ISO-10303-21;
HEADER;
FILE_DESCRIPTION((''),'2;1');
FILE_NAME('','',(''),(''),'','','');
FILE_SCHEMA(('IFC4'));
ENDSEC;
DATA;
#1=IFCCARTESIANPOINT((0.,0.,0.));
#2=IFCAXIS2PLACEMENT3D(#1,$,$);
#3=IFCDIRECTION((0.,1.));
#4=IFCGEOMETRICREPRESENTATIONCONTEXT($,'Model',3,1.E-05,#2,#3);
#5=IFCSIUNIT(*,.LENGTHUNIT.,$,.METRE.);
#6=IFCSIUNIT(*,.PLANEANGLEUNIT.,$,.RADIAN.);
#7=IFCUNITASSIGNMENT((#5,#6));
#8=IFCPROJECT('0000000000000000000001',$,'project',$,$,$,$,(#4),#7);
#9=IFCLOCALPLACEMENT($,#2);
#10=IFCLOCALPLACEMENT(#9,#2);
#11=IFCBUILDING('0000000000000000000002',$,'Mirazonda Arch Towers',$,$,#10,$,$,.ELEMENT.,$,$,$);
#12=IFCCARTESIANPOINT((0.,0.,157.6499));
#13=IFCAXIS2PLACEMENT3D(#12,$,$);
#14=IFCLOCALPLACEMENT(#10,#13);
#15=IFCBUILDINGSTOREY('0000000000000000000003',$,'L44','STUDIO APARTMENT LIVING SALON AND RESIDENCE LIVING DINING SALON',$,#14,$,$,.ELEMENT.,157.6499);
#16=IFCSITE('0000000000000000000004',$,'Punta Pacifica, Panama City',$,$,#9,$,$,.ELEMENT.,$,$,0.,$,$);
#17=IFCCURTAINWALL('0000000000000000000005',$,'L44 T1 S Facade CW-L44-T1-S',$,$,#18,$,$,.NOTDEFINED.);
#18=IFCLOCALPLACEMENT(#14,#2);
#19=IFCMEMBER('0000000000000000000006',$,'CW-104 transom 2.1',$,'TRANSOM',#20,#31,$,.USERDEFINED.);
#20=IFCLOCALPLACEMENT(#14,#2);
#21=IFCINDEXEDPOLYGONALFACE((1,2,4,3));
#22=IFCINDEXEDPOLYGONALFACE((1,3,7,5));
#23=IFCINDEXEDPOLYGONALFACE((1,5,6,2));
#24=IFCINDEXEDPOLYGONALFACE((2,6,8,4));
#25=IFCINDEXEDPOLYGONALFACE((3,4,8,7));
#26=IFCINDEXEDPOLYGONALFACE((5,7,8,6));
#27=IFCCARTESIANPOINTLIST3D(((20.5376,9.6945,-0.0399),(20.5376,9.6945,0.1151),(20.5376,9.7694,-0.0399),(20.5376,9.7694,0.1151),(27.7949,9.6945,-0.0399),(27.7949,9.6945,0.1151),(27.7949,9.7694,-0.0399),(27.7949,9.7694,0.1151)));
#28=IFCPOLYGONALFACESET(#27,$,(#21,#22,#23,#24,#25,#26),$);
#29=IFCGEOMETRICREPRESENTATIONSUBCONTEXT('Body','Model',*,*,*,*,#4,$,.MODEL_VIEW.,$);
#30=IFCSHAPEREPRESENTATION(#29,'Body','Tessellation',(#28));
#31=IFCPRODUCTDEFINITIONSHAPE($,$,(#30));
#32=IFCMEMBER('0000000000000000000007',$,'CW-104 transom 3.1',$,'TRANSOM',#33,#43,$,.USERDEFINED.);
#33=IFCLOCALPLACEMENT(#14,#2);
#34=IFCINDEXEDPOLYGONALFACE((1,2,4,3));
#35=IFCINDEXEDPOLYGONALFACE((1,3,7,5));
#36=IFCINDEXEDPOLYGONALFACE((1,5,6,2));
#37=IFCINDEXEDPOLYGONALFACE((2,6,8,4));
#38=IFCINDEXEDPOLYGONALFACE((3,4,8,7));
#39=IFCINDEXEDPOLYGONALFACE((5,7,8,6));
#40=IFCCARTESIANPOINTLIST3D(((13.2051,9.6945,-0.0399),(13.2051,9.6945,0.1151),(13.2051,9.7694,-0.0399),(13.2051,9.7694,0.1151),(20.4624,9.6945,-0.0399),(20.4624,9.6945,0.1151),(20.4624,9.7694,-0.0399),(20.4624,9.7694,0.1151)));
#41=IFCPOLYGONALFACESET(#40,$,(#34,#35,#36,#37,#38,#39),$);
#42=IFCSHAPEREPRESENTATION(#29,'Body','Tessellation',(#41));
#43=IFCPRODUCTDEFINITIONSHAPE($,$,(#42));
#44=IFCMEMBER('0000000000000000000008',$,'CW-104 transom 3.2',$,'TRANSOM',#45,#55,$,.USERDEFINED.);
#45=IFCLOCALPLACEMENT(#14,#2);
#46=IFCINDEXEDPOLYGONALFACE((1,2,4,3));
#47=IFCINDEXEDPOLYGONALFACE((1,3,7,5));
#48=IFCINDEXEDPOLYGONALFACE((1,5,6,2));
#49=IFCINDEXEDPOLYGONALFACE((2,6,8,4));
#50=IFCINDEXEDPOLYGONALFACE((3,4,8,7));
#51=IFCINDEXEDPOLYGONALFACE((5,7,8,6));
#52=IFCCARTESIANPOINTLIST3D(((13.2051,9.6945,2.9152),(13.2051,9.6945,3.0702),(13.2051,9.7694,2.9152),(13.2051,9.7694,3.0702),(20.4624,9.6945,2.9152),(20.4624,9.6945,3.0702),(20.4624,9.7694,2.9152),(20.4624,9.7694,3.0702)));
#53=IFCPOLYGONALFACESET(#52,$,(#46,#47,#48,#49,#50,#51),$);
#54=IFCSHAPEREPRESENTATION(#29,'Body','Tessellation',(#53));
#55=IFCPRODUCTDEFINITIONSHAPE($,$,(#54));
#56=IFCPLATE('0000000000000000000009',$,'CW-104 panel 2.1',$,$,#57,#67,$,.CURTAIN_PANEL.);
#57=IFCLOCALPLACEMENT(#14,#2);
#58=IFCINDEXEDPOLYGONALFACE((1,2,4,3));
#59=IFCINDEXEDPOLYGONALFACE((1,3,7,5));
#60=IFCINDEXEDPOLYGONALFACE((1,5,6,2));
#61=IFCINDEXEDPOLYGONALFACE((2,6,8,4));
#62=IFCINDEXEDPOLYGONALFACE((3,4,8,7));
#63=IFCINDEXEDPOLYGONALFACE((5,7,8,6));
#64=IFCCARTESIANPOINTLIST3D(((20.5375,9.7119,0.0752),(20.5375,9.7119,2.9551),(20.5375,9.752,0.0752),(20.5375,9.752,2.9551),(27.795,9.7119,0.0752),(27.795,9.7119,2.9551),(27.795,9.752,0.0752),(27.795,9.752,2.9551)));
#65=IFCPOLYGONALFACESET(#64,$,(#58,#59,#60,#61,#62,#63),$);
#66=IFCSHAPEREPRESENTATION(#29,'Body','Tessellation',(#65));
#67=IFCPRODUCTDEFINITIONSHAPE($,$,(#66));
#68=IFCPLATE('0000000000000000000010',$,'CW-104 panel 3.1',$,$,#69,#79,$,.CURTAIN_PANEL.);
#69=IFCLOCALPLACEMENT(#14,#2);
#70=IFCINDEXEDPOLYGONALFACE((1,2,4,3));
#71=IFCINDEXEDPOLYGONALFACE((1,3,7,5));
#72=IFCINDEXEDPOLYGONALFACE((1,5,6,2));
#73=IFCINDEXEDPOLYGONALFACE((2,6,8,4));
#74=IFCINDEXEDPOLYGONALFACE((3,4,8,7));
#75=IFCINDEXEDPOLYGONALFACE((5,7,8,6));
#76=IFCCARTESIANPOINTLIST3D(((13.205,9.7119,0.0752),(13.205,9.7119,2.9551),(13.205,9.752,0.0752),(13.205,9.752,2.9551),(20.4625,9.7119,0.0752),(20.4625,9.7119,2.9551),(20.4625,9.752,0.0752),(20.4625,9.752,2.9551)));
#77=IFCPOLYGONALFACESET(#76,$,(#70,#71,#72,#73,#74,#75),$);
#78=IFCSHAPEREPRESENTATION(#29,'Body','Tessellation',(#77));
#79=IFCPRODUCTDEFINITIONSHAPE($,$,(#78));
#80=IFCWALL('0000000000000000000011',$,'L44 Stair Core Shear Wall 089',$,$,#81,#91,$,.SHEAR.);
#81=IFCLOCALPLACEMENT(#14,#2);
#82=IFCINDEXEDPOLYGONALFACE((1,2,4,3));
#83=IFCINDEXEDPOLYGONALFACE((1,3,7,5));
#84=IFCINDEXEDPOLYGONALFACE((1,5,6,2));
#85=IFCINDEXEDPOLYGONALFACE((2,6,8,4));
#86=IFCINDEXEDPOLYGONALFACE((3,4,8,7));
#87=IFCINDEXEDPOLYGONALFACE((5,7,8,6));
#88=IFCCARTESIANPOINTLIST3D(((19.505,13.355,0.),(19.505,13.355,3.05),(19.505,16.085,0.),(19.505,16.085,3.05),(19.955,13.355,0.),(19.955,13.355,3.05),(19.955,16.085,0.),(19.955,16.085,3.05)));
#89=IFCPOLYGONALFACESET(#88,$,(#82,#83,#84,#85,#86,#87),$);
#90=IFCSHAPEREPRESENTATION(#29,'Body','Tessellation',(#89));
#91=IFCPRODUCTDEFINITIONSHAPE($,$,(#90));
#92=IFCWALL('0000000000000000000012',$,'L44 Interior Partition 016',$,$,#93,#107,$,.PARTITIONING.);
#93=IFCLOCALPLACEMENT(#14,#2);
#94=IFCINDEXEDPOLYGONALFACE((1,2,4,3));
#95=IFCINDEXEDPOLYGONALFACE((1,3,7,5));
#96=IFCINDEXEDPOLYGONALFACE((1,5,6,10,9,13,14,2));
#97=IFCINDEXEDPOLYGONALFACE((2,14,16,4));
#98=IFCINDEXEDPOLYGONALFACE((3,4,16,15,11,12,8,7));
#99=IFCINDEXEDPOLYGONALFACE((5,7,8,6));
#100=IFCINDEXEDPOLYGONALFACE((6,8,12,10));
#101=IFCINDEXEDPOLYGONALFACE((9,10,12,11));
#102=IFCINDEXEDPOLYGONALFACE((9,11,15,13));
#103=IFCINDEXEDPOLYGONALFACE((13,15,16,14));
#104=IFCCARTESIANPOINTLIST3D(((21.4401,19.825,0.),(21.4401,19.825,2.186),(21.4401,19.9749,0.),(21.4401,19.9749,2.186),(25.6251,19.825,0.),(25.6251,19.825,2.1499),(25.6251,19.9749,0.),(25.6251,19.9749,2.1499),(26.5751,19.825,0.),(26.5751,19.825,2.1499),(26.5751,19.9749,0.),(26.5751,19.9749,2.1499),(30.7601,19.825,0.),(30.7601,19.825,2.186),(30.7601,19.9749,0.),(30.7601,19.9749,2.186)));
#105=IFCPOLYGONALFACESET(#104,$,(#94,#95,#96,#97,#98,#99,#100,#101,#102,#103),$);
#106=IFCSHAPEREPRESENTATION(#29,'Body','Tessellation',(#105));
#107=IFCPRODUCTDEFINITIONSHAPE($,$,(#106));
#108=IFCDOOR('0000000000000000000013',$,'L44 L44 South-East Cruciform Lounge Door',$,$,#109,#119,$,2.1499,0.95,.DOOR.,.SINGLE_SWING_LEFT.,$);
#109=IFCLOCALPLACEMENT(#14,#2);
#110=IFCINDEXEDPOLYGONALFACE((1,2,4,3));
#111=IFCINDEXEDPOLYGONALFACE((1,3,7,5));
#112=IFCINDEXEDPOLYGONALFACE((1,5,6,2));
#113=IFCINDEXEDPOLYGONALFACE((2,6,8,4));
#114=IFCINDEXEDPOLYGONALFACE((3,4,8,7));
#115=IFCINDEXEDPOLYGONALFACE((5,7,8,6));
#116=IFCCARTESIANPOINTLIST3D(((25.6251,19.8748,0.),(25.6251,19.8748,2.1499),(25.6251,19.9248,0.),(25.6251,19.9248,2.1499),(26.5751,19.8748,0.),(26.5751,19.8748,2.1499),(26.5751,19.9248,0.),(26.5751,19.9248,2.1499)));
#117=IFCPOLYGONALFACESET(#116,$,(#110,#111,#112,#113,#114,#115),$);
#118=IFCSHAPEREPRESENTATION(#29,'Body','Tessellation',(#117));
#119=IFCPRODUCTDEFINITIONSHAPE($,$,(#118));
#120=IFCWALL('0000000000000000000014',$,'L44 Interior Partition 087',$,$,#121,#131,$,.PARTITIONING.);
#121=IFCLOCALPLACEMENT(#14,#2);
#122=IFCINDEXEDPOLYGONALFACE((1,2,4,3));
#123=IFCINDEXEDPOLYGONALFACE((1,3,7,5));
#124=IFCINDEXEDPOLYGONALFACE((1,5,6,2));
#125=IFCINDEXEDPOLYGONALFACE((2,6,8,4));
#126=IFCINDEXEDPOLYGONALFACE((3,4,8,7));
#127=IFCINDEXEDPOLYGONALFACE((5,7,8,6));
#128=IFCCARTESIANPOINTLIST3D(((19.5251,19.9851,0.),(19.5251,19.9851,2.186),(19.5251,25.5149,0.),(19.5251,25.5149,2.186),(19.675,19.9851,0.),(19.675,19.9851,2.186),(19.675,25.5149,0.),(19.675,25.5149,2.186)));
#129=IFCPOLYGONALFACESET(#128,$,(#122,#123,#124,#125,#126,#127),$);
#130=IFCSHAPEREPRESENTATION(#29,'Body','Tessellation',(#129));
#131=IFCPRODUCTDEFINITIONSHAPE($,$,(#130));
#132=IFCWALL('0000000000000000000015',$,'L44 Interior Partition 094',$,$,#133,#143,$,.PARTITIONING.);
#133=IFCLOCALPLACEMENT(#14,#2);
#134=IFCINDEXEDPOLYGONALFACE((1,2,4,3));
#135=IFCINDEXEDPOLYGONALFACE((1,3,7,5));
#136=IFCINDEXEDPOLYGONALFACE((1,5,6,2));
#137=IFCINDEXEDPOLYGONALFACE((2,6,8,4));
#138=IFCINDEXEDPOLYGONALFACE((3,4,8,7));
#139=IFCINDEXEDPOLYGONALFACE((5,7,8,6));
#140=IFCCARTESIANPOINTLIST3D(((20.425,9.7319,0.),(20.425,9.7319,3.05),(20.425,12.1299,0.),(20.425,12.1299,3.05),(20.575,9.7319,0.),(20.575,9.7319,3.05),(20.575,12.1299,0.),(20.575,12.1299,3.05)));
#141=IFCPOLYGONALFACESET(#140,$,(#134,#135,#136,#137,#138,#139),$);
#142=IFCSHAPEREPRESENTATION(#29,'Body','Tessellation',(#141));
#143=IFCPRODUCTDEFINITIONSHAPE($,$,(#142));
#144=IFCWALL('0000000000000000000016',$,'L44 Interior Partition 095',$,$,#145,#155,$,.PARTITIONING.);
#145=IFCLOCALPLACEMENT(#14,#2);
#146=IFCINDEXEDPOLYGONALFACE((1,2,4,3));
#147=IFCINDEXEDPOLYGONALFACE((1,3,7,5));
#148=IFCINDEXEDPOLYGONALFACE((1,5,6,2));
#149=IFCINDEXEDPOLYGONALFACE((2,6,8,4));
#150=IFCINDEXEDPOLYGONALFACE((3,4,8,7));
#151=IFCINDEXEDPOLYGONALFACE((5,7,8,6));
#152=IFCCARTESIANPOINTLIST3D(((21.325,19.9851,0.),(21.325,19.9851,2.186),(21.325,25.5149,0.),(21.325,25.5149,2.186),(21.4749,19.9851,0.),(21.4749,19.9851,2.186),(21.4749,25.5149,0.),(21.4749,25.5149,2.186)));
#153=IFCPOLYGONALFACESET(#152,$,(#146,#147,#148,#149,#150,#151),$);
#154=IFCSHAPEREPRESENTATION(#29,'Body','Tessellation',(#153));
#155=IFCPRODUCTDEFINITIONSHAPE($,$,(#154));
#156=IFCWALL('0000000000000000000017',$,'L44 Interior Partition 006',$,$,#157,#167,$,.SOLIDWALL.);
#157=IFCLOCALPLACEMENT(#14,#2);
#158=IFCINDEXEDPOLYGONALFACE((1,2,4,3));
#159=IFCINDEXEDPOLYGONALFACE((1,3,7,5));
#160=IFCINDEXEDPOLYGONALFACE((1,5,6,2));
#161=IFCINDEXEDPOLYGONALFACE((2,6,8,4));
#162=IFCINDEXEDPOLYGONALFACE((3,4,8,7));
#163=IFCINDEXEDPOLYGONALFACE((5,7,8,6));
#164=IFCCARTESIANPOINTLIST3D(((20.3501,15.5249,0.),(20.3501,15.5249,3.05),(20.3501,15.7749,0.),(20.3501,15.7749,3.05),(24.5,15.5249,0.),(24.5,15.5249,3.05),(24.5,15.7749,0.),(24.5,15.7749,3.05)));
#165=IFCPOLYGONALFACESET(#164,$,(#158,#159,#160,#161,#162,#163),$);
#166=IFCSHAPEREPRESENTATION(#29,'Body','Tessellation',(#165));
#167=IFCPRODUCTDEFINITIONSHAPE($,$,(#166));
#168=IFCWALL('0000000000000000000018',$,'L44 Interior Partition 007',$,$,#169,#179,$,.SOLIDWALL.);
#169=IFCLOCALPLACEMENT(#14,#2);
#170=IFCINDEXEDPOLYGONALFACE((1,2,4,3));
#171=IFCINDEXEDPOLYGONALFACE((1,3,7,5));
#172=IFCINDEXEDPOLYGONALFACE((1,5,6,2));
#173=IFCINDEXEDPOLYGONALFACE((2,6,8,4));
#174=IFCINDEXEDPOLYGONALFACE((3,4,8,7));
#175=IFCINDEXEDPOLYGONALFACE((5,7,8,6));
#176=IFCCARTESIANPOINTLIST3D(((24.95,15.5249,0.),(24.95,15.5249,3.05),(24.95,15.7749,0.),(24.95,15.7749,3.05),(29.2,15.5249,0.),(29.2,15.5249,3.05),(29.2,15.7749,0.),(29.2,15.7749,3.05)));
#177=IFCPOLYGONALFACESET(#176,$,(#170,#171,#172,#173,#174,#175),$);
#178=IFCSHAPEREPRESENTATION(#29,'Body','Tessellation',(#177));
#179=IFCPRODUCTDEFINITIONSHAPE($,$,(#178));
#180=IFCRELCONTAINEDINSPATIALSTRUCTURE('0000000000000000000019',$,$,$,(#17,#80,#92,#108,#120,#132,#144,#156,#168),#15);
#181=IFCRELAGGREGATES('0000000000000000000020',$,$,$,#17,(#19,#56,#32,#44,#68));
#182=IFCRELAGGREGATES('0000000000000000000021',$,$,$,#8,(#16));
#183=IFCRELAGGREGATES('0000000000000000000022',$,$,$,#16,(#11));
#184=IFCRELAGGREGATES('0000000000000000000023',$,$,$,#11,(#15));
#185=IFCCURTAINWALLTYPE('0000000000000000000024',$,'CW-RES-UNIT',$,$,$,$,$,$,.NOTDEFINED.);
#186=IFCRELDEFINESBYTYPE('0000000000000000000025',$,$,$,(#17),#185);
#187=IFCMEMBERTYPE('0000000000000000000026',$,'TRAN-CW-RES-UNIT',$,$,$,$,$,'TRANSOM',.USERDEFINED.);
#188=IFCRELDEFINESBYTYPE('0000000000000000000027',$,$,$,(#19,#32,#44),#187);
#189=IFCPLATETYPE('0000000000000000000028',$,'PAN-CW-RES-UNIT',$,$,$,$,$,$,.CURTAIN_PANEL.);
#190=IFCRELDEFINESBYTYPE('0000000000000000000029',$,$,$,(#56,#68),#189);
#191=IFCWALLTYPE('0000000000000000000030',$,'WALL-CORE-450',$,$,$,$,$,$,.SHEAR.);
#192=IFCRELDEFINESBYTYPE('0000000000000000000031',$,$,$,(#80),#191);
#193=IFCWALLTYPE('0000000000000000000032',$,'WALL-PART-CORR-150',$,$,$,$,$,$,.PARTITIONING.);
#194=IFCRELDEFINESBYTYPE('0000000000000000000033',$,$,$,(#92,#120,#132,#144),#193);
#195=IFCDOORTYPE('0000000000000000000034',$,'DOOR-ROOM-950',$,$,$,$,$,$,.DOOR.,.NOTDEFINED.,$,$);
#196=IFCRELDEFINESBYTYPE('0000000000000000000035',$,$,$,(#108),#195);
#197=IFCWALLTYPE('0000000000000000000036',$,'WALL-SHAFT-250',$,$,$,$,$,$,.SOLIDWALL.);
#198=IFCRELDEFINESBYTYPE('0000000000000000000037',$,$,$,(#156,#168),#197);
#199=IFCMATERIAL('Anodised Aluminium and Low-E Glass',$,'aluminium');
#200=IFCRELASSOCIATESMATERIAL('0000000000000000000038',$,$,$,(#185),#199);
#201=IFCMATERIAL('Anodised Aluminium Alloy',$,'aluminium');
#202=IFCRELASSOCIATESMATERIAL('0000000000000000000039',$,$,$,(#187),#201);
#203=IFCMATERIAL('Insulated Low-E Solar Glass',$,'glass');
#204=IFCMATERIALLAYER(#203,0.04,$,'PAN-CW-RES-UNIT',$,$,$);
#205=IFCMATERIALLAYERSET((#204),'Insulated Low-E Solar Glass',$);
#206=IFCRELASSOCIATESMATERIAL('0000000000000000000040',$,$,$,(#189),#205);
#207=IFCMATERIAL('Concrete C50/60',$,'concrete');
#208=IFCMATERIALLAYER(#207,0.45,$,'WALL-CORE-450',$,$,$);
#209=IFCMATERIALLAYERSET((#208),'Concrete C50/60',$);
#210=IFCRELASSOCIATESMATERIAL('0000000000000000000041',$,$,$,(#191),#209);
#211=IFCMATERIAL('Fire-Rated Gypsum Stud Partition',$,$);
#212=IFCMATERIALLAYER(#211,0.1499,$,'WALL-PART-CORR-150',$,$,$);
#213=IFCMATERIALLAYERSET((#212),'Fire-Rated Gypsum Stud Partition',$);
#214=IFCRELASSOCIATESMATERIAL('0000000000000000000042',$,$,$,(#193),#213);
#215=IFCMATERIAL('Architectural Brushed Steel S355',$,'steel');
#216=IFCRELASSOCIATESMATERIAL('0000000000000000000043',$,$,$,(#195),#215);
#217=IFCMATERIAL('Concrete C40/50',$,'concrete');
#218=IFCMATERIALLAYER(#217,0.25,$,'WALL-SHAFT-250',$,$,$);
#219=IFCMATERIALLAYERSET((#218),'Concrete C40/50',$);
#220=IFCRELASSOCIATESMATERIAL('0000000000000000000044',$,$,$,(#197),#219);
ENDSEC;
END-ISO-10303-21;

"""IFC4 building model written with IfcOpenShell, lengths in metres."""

from ifc_helpers import new_model, si_unit, direction, frame, frame_2d, origin, origin_2d, place, context, subcontext, project, spatial, rectangle, extrude, material, layer, layer_set, material_profile, profile_set, type_object, element, fill, aggregate, save


model = new_model("IFC4")

# Units and contexts
model_context = context("Model", 3, precision=1e-05, world=origin(), true_north=direction((0.0, 1.0)))
body_context = subcontext(model_context, "Body", "Model", "MODEL_VIEW")
ifc_project = project(units=[si_unit("LENGTHUNIT", "METRE"), si_unit("PLANEANGLEUNIT", "RADIAN")], contexts=[model_context])

# Site, building, storey
site_placement = place(None, origin())
site = spatial("IfcSite", under=ifc_project, at=site_placement, Name="Punta Pacifica, Panama City", CompositionType="ELEMENT", RefElevation=0.0)
building_placement = place(site_placement, origin())
building = spatial("IfcBuilding", under=site, at=building_placement, Name="Mirazonda Arch Towers", CompositionType="ELEMENT")
storey_placement = place(building_placement, frame((0.0, 0.0, 157.6499)))
storey = spatial("IfcBuildingStorey", under=building, at=storey_placement, Name="L44", Description="STUDIO APARTMENT LIVING SALON AND RESIDENCE LIVING DINING SALON", CompositionType="ELEMENT", Elevation=157.6499)

# Shared definitions
ifc_material_1 = material(Name="Concrete C50/60", Category="concrete")

# Curtain wall, members, plates
ifc_material_2 = material(Name="Anodised Aluminium and Low-E Glass", Category="aluminium")
curtain_wall_type = type_object("IfcCurtainWallType", Name="CW-RES-UNIT", PredefinedType="NOTDEFINED", material=ifc_material_2)
curtain_wall_placement = place(storey_placement, origin())
curtain_wall = element("IfcCurtainWall", 1, at=curtain_wall_placement, inside=storey, type_object=curtain_wall_type, Name="L44 T1 S Facade CW-L44-T1-S", PredefinedType="NOTDEFINED")
ifc_material_3 = material(Name="Anodised Aluminium Alloy", Category="aluminium")
ifc_material_profile_1 = material_profile(ifc_material_3, rectangle(XDim=0.075, YDim=0.155, at=origin_2d()), Name="ALU-TRAN-75x155")
ifc_profile_set_1 = profile_set([ifc_material_profile_1], Name="Anodised Aluminium Alloy")
member_type_1 = type_object("IfcMemberType", Name="TRAN-CW-RES-UNIT", ElementType="TRANSOM", PredefinedType="USERDEFINED", material=ifc_profile_set_1)
member_1_placement = place(storey_placement, frame((27.7949, 9.7319, 0.0376), z_axis=(-1.0, 0.0, 0.0), x_axis=(0.0, -1.0, 0.0)))
member_1 = element("IfcMember", 2, at=member_1_placement, type_object=member_type_1, Name="CW-104 transom 2.1", ObjectType="TRANSOM", PredefinedType="USERDEFINED", context=body_context, shape_type="SweptSolid", body=[
    extrude(rectangle(XDim=0.075, YDim=0.155, at=origin_2d()), origin(), (0.0, 0.0, 1.0), 7.2573),
])
member_2_placement = place(storey_placement, frame((20.4624, 9.7319, 0.0376), z_axis=(-1.0, 0.0, 0.0), x_axis=(0.0, -1.0, 0.0)))
member_2 = element("IfcMember", 3, at=member_2_placement, type_object=member_type_1, Name="CW-104 transom 3.1", ObjectType="TRANSOM", PredefinedType="USERDEFINED", context=body_context, shape_type="SweptSolid", body=[
    extrude(rectangle(XDim=0.075, YDim=0.155, at=origin_2d()), origin(), (0.0, 0.0, 1.0), 7.2573),
])
member_3_placement = place(storey_placement, frame((20.4624, 9.7319, 2.9927), z_axis=(-1.0, 0.0, 0.0), x_axis=(0.0, -1.0, 0.0)))
member_3 = element("IfcMember", 4, at=member_3_placement, type_object=member_type_1, Name="CW-104 transom 3.2", ObjectType="TRANSOM", PredefinedType="USERDEFINED", context=body_context, shape_type="SweptSolid", body=[
    extrude(rectangle(XDim=0.075, YDim=0.155, at=origin_2d()), origin(), (0.0, 0.0, 1.0), 7.2573),
])
ifc_material_4 = material(Name="Insulated Low-E Solar Glass", Category="glass")
ifc_layer_1 = layer(ifc_material_4, 0.04, Name="PAN-CW-RES-UNIT")
ifc_layer_set_1 = layer_set([ifc_layer_1], Name="Insulated Low-E Solar Glass")
plate_type = type_object("IfcPlateType", Name="PAN-CW-RES-UNIT", PredefinedType="CURTAIN_PANEL", material=ifc_layer_set_1)
plate_1_placement = place(storey_placement, frame((24.1663, 9.7319, 0.0752), z_axis=(0.0, 0.0, 1.0), x_axis=(-1.0, 0.0, 0.0)))
plate_1 = element("IfcPlate", 5, at=plate_1_placement, type_object=plate_type, Name="CW-104 panel 2.1", PredefinedType="CURTAIN_PANEL", context=body_context, shape_type="SweptSolid", body=[
    extrude(rectangle(XDim=7.2576, YDim=0.04, at=origin_2d()), origin(), (0.0, 0.0, 1.0), 2.8799),
])
plate_2_placement = place(storey_placement, frame((16.8337, 9.7319, 0.0752), z_axis=(0.0, 0.0, 1.0), x_axis=(-1.0, 0.0, 0.0)))
plate_2 = element("IfcPlate", 6, at=plate_2_placement, type_object=plate_type, Name="CW-104 panel 3.1", PredefinedType="CURTAIN_PANEL", context=body_context, shape_type="SweptSolid", body=[
    extrude(rectangle(XDim=7.2576, YDim=0.04, at=origin_2d()), origin(), (0.0, 0.0, 1.0), 2.8799),
])
aggregate(curtain_wall, [member_1, plate_1, member_2, member_3, plate_2])

# Wall
ifc_layer_2 = layer(ifc_material_1, 0.45, Name="WALL-CORE-450")
ifc_layer_set_2 = layer_set([ifc_layer_2], Name="Concrete C50/60")
wall_type_1 = type_object("IfcWallType", Name="WALL-CORE-450", PredefinedType="SHEAR", material=ifc_layer_set_2)
wall_1_placement = place(storey_placement, frame((19.73, 13.355, 0.0), z_axis=(0.0, 0.0, 1.0), x_axis=(0.0, 1.0, 0.0)))
element("IfcWall", 7, at=wall_1_placement, inside=storey, type_object=wall_type_1, Name="L44 Stair Core Shear Wall 089", PredefinedType="SHEAR", context=body_context, shape_type="SweptSolid", body=[
    extrude(rectangle(XDim=2.73, YDim=0.45, at=frame_2d((1.365, 0.0))), origin(), (0.0, 0.0, 1.0), 3.05),
])

# Wall, opening, door
ifc_material_5 = material(Name="Fire-Rated Gypsum Stud Partition")
ifc_layer_3 = layer(ifc_material_5, 0.1499, Name="WALL-PART-CORR-150")
ifc_layer_set_3 = layer_set([ifc_layer_3], Name="Fire-Rated Gypsum Stud Partition")
wall_type_2 = type_object("IfcWallType", Name="WALL-PART-CORR-150", PredefinedType="PARTITIONING", material=ifc_layer_set_3)
wall_2_placement = place(storey_placement, frame((21.4399, 19.8999, 0.0), z_axis=(0.0, 0.0, 1.0), x_axis=(1.0, 0.0, 0.0)))
wall_2 = element("IfcWall", 8, at=wall_2_placement, inside=storey, type_object=wall_type_2, Name="L44 Interior Partition 016", PredefinedType="PARTITIONING", context=body_context, shape_type="SweptSolid", body=[
    extrude(rectangle(XDim=9.3201, YDim=0.1499, at=frame_2d((4.6602, 0.0))), origin(), (0.0, 0.0, 1.0), 2.186),
])
opening_placement = place(wall_2_placement, frame((4.1851, 0.0, 0.0)))
opening = element("IfcOpeningElement", 9, at=opening_placement, cuts=wall_2, PredefinedType="OPENING", context=body_context, shape_type="SweptSolid", body=[
    extrude(rectangle(XDim=0.95, YDim=2.1499, at=frame_2d((0.4751, 1.075))), frame((0.0, 0.085, 0.0), z_axis=(0.0, -1.0, 0.0), x_axis=(1.0, 0.0, 0.0)), (0.0, 0.0, 1.0), 0.1699),
])
ifc_material_6 = material(Name="Architectural Brushed Steel S355", Category="steel")
door_type = type_object("IfcDoorType", Name="DOOR-ROOM-950", OperationType="NOTDEFINED", PredefinedType="DOOR", material=ifc_material_6)
door_placement = place(opening_placement, origin())
door = element("IfcDoor", 10, at=door_placement, inside=storey, type_object=door_type, Name="L44 L44 South-East Cruciform Lounge Door", OperationType="SINGLE_SWING_LEFT", OverallHeight=2.1499, OverallWidth=0.95, PredefinedType="DOOR", context=body_context, shape_type="SweptSolid", body=[
    extrude(rectangle(XDim=0.95, YDim=2.1499, at=frame_2d((0.4751, 1.075))), frame((0.0, 0.0249, 0.0), z_axis=(0.0, -1.0, 0.0), x_axis=(1.0, 0.0, 0.0)), (0.0, 0.0, 1.0), 0.05),
])
fill(opening, door)

# Walls
wall_3_placement = place(storey_placement, frame((19.6001, 19.9851, 0.0), z_axis=(0.0, 0.0, 1.0), x_axis=(0.0, 1.0, 0.0)))
element("IfcWall", 11, at=wall_3_placement, inside=storey, type_object=wall_type_2, Name="L44 Interior Partition 087", PredefinedType="PARTITIONING", context=body_context, shape_type="SweptSolid", body=[
    extrude(rectangle(XDim=5.5298, YDim=0.1499, at=frame_2d((2.7649, 0.0))), origin(), (0.0, 0.0, 1.0), 2.186),
])
wall_4_placement = place(storey_placement, frame((20.5, 9.7319, 0.0), z_axis=(0.0, 0.0, 1.0), x_axis=(0.0, 1.0, 0.0)))
element("IfcWall", 12, at=wall_4_placement, inside=storey, type_object=wall_type_2, Name="L44 Interior Partition 094", PredefinedType="PARTITIONING", context=body_context, shape_type="SweptSolid", body=[
    extrude(rectangle(XDim=2.3979, YDim=0.1499, at=frame_2d((1.199, 0.0))), origin(), (0.0, 0.0, 1.0), 3.05),
])
wall_5_placement = place(storey_placement, frame((21.3999, 19.9851, 0.0), z_axis=(0.0, 0.0, 1.0), x_axis=(0.0, 1.0, 0.0)))
element("IfcWall", 13, at=wall_5_placement, inside=storey, type_object=wall_type_2, Name="L44 Interior Partition 095", PredefinedType="PARTITIONING", context=body_context, shape_type="SweptSolid", body=[
    extrude(rectangle(XDim=5.5298, YDim=0.1499, at=frame_2d((2.7649, 0.0))), origin(), (0.0, 0.0, 1.0), 2.186),
])
ifc_material_7 = material(Name="Concrete C40/50", Category="concrete")
ifc_layer_4 = layer(ifc_material_7, 0.25, Name="WALL-SHAFT-250")
ifc_layer_set_4 = layer_set([ifc_layer_4], Name="Concrete C40/50")
wall_type_3 = type_object("IfcWallType", Name="WALL-SHAFT-250", PredefinedType="SOLIDWALL", material=ifc_layer_set_4)
wall_6_placement = place(storey_placement, frame((20.3501, 15.6499, 0.0), z_axis=(0.0, 0.0, 1.0), x_axis=(1.0, 0.0, 0.0)))
element("IfcWall", 14, at=wall_6_placement, inside=storey, type_object=wall_type_3, Name="L44 Interior Partition 006", PredefinedType="SOLIDWALL", context=body_context, shape_type="SweptSolid", body=[
    extrude(rectangle(XDim=4.1499, YDim=0.25, at=frame_2d((2.075, 0.0))), origin(), (0.0, 0.0, 1.0), 3.05),
])
wall_7_placement = place(storey_placement, frame((24.95, 15.6499, 0.0), z_axis=(0.0, 0.0, 1.0), x_axis=(1.0, 0.0, 0.0)))
element("IfcWall", 15, at=wall_7_placement, inside=storey, type_object=wall_type_3, Name="L44 Interior Partition 007", PredefinedType="SOLIDWALL", context=body_context, shape_type="SweptSolid", body=[
    extrude(rectangle(XDim=4.25, YDim=0.25, at=frame_2d((2.125, 0.0))), origin(), (0.0, 0.0, 1.0), 3.05),
])

save(model, "model.ifc")
